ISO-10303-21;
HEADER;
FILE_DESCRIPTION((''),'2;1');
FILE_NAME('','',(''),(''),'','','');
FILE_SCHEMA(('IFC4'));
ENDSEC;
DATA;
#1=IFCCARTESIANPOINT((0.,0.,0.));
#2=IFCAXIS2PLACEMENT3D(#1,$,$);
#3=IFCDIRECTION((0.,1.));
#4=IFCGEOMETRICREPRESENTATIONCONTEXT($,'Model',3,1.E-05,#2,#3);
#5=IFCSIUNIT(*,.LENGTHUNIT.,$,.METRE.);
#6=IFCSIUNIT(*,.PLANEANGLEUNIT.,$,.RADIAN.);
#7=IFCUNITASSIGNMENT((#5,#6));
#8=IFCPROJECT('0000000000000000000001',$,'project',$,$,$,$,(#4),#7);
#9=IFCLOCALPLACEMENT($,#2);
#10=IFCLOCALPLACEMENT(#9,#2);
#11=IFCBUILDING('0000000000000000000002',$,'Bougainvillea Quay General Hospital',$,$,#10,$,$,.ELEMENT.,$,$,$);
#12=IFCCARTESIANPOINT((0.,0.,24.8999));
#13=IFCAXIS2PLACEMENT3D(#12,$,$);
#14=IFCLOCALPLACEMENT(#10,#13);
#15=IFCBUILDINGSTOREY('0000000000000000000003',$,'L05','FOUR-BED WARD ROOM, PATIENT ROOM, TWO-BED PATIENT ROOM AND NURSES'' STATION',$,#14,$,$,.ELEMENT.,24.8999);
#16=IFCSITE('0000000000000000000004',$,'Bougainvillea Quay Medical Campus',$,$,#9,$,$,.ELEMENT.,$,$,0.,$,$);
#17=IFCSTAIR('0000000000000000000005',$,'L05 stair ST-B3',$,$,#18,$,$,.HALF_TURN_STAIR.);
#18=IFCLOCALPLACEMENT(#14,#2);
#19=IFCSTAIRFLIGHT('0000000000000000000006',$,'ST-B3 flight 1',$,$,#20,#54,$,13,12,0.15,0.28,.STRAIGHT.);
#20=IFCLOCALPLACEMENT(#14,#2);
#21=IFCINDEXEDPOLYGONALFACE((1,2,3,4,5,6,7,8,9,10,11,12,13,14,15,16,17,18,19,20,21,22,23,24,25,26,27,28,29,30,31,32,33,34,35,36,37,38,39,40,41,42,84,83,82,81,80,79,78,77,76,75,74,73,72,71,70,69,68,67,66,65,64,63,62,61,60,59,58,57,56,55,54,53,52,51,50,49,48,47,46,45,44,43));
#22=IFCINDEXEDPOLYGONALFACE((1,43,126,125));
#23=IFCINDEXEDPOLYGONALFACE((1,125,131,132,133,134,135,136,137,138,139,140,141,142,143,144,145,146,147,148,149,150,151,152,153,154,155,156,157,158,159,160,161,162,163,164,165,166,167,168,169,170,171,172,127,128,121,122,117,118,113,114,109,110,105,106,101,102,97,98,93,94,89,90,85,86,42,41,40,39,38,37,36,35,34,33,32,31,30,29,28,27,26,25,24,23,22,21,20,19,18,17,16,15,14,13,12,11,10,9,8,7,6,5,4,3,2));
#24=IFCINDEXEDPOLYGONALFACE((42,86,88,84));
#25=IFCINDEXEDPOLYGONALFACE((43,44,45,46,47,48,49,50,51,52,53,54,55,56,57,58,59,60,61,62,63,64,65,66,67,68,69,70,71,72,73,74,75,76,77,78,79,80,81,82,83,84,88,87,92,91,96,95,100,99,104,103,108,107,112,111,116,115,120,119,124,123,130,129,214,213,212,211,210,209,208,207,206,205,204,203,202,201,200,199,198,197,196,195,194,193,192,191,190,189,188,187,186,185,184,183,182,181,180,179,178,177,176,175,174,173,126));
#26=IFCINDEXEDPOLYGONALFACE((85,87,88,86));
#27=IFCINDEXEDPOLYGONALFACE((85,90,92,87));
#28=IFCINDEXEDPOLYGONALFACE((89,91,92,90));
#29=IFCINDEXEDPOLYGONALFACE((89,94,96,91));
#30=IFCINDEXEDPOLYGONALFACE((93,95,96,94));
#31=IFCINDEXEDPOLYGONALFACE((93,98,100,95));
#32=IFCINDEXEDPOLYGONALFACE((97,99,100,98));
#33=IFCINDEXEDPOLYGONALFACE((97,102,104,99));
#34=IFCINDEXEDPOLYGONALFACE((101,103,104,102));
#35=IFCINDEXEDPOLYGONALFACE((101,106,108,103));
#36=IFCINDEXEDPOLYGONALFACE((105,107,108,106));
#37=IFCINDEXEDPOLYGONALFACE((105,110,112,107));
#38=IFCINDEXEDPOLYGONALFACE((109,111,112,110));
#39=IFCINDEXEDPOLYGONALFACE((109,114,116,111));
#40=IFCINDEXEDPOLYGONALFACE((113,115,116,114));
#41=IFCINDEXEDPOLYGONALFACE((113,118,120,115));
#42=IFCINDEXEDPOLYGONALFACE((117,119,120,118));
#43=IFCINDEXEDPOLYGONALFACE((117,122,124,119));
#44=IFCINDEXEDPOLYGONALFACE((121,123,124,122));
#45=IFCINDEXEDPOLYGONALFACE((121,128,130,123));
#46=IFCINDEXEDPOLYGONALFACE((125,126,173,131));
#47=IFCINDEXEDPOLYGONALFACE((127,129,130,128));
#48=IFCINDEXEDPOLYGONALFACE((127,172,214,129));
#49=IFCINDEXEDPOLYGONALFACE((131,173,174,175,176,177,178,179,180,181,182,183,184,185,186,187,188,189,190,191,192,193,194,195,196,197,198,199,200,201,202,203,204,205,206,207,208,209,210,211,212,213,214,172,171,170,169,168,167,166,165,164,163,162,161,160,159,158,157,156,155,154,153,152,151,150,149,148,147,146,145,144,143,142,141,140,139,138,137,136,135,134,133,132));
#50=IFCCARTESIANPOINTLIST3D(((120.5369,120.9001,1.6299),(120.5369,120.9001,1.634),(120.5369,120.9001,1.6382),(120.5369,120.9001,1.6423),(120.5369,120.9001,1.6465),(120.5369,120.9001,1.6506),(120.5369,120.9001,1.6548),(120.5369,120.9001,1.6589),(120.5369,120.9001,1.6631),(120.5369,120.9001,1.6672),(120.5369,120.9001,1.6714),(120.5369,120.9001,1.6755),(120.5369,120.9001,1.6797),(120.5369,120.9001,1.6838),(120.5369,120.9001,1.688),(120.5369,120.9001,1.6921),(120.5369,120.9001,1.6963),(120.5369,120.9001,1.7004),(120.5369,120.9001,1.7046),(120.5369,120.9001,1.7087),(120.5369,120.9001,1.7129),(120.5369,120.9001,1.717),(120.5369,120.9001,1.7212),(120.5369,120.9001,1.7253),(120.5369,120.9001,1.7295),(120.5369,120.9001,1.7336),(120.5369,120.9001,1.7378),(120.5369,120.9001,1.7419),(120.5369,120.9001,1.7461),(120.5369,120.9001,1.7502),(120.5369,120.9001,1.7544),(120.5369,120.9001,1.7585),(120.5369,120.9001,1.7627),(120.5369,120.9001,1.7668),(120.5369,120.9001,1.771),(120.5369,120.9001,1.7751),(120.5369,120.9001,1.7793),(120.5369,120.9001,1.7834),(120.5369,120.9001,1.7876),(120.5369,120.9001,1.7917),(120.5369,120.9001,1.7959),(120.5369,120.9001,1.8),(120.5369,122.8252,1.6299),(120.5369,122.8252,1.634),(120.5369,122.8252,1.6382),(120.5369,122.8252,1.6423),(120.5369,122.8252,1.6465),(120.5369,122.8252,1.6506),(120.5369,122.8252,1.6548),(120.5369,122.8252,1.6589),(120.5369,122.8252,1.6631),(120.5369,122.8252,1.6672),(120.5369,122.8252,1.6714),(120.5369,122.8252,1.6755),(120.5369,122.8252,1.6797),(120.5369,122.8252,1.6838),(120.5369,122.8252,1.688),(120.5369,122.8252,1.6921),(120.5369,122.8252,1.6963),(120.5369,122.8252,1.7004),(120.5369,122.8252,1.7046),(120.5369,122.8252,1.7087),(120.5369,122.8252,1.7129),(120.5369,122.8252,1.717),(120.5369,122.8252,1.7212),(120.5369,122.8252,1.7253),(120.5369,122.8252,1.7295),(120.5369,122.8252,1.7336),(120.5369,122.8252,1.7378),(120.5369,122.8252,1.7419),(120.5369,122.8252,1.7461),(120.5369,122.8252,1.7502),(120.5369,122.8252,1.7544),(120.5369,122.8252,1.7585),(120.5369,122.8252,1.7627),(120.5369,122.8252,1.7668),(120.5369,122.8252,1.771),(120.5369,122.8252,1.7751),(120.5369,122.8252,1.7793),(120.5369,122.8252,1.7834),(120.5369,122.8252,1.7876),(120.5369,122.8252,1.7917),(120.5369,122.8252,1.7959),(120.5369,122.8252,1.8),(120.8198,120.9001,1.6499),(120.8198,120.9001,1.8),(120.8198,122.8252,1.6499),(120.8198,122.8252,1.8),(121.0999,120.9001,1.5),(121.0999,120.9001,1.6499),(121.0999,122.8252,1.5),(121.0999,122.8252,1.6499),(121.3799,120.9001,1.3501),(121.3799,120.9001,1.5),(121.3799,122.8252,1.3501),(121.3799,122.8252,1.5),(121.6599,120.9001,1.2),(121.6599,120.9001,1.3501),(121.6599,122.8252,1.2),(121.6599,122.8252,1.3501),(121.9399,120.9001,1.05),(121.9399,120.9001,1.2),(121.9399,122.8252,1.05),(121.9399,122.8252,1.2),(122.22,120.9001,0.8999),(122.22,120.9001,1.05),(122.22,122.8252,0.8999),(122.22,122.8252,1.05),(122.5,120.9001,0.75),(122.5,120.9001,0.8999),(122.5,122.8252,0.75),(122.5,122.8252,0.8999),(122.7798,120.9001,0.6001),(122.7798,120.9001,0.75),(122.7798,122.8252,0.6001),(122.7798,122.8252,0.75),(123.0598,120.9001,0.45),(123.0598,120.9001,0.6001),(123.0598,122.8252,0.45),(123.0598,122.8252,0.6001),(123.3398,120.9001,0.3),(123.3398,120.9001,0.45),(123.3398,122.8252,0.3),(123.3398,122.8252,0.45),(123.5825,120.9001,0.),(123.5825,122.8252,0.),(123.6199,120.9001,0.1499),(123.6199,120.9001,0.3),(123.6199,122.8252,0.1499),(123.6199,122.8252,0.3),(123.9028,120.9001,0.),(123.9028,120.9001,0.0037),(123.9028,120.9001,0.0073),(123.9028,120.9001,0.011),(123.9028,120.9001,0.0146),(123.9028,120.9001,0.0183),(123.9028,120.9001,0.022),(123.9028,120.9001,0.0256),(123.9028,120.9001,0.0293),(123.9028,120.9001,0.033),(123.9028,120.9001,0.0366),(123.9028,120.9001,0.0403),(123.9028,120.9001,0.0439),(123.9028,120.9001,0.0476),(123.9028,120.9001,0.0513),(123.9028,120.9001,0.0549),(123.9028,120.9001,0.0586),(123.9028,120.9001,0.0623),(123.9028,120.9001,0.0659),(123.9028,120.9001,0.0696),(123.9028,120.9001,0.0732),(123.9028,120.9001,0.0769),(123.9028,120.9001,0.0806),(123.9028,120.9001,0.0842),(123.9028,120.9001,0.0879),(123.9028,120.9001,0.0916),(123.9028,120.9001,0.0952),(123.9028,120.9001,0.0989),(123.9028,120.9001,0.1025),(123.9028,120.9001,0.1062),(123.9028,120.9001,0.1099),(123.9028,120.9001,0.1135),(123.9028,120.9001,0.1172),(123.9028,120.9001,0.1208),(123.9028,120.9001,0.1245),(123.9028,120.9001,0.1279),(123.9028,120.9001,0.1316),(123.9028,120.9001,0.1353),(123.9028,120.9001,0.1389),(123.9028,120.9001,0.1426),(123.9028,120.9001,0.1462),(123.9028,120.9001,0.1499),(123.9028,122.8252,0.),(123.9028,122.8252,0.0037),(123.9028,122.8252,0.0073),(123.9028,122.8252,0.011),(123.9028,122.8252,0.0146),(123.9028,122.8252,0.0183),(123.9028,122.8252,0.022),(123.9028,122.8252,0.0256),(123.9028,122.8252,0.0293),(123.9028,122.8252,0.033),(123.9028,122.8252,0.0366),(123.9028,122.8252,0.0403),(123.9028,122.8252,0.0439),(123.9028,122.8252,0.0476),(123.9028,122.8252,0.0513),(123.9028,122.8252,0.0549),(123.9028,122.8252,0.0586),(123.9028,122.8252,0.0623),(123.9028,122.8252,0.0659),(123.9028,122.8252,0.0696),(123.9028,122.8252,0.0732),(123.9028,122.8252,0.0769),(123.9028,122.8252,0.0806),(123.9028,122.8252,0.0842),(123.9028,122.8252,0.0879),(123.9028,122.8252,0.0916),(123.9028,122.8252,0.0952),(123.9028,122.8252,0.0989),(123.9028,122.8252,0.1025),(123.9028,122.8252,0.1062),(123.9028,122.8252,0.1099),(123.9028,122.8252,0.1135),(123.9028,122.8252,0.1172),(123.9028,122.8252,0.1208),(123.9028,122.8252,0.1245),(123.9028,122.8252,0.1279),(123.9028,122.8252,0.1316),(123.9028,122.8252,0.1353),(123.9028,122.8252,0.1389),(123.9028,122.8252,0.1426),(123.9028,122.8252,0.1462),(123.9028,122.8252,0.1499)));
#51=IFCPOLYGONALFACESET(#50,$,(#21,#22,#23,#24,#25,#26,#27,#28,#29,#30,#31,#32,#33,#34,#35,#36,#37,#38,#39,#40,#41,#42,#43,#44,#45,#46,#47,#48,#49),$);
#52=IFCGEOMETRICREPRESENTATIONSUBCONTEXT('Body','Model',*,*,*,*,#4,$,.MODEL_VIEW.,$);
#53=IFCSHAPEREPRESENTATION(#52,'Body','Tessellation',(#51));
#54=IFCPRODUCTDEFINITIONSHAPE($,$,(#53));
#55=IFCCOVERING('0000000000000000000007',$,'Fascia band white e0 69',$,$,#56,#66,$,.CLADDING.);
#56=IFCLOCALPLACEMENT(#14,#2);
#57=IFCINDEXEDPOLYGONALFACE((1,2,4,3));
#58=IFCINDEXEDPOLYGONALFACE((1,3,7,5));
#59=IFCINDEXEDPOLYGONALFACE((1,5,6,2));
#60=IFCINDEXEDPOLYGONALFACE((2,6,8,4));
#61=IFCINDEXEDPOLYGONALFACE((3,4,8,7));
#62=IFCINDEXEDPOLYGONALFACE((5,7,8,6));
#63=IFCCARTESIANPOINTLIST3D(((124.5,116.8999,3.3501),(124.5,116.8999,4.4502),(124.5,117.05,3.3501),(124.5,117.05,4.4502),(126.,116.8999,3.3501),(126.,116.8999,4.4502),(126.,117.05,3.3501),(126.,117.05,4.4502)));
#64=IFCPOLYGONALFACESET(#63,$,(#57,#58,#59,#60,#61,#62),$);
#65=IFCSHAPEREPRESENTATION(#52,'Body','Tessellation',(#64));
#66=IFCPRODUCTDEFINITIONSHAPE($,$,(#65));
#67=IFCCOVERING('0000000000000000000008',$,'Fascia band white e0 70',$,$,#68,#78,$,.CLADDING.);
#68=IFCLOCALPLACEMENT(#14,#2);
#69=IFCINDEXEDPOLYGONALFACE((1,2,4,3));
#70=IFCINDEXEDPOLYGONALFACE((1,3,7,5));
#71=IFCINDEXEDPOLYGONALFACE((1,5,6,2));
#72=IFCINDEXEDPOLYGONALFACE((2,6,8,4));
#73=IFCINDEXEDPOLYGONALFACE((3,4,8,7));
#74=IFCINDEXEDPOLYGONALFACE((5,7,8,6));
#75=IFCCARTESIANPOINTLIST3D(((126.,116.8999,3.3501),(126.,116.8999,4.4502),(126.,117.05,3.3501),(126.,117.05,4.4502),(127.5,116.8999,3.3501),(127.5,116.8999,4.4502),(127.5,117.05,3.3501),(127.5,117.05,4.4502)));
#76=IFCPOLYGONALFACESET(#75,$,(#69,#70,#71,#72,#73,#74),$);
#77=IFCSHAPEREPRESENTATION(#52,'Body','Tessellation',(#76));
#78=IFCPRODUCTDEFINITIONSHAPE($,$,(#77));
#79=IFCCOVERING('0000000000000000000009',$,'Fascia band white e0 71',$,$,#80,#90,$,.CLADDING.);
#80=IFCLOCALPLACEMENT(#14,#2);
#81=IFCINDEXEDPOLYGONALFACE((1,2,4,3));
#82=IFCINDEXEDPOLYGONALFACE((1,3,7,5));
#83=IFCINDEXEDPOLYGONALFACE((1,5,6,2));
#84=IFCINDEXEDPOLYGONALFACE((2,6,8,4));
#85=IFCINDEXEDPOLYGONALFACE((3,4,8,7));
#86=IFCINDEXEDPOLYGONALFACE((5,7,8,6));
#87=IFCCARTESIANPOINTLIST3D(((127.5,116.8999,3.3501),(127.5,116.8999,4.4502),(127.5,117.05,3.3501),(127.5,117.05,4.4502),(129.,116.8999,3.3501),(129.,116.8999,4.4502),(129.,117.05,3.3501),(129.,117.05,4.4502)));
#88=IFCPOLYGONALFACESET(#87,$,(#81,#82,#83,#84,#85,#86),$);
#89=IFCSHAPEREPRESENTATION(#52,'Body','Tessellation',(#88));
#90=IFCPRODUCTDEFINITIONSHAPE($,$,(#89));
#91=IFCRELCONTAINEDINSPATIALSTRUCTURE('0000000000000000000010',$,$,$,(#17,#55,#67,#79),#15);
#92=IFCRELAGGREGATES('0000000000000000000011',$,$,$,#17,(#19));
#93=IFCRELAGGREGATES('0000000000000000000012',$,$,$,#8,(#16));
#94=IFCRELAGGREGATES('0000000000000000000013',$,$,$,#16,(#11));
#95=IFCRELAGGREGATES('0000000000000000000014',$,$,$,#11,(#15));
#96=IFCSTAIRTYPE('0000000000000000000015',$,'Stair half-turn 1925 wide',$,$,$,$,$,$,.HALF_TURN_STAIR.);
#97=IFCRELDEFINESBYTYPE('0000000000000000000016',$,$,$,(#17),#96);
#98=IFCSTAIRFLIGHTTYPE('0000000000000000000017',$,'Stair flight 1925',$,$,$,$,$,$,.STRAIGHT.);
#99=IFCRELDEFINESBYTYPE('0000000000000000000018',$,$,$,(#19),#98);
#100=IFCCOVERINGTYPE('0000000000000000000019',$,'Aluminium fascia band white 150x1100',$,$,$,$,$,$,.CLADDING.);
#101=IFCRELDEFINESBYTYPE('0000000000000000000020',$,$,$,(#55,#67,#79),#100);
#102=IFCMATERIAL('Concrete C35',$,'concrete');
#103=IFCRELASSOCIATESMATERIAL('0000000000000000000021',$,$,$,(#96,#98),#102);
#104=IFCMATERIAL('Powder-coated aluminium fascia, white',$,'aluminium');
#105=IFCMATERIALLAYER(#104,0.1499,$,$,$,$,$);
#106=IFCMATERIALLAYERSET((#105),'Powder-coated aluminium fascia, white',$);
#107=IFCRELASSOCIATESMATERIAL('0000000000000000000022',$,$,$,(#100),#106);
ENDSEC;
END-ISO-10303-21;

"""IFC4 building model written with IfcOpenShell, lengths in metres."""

from ifc_helpers import new_model, si_unit, direction, frame, origin, place, context, subcontext, project, spatial, polyline, outline, extrude, material, layer, layer_set, type_object, element, aggregate, save


model = new_model("IFC4")

# Units and contexts
model_context = context("Model", 3, precision=1e-05, world=origin(), true_north=direction((0.0, 1.0)))
body_context = subcontext(model_context, "Body", "Model", "MODEL_VIEW")
ifc_project = project(units=[si_unit("LENGTHUNIT", "METRE"), si_unit("PLANEANGLEUNIT", "RADIAN")], contexts=[model_context])

# Site, building, storey
site_placement = place(None, origin())
site = spatial("IfcSite", under=ifc_project, at=site_placement, Name="Bougainvillea Quay Medical Campus", CompositionType="ELEMENT", RefElevation=0.0)
building_placement = place(site_placement, origin())
building = spatial("IfcBuilding", under=site, at=building_placement, Name="Bougainvillea Quay General Hospital", CompositionType="ELEMENT")
storey_placement = place(building_placement, frame((0.0, 0.0, 24.8999)))
storey = spatial("IfcBuildingStorey", under=building, at=storey_placement, Name="L05", Description="FOUR-BED WARD ROOM, PATIENT ROOM, TWO-BED PATIENT ROOM AND NURSES' STATION", CompositionType="ELEMENT", Elevation=24.8999)

# Stair, stair flight
ifc_material_1 = material(Name="Concrete C35", Category="concrete")
stair_type = type_object("IfcStairType", Name="Stair half-turn 1925 wide", PredefinedType="HALF_TURN_STAIR", material=ifc_material_1)
stair_placement = place(storey_placement, origin())
stair = element("IfcStair", 1, at=stair_placement, inside=storey, type_object=stair_type, Name="L05 stair ST-B3", PredefinedType="HALF_TURN_STAIR")
stair_flight_type = type_object("IfcStairFlightType", Name="Stair flight 1925", PredefinedType="STRAIGHT", material=ifc_material_1)
stair_flight_placement = place(storey_placement, frame((123.8999, 121.8625, 0.0), z_axis=(0.0, 0.0, 1.0), x_axis=(-1.0, 0.0, 0.0)))
stair_flight = element("IfcStairFlight", 2, at=stair_flight_placement, type_object=stair_flight_type, Name="ST-B3 flight 1", NumberOfRisers=13, NumberOfTreads=12, PredefinedType="STRAIGHT", RiserHeight=0.15, TreadLength=0.28, context=body_context, shape_type="SweptSolid", body=[
    extrude(outline(polyline([(-0.0029, 0.0), (-0.0029, 0.0037), (-0.0029, 0.0073), (-0.0029, 0.011), (-0.0029, 0.0146), (-0.0029, 0.0183), (-0.0029, 0.022), (-0.0029, 0.0256), (-0.0029, 0.0293), (-0.0029, 0.033), (-0.0029, 0.0366), (-0.0029, 0.0403), (-0.0029, 0.0439), (-0.0029, 0.0476), (-0.0029, 0.0513), (-0.0029, 0.0549), (-0.0029, 0.0586), (-0.0029, 0.0623), (-0.0029, 0.0659), (-0.0029, 0.0696), (-0.0029, 0.0732), (-0.0029, 0.0769), (-0.0029, 0.0806), (-0.0029, 0.0842), (-0.0029, 0.0879), (-0.0029, 0.0916), (-0.0029, 0.0952), (-0.0029, 0.0989), (-0.0029, 0.1025), (-0.0029, 0.1062), (-0.0029, 0.1099), (-0.0029, 0.1135), (-0.0029, 0.1172), (-0.0029, 0.1208), (-0.0029, 0.1245), (-0.0029, 0.1279), (-0.0029, 0.1316), (-0.0029, 0.1353), (-0.0029, 0.1389), (-0.0029, 0.1426), (-0.0029, 0.1462), (-0.0029, 0.1499), (0.28, 0.1499), (0.28, 0.3), (0.5601, 0.3), (0.5601, 0.45), (0.8401, 0.45), (0.8401, 0.6001), (1.1201, 0.6001), (1.1201, 0.75), (1.3999, 0.75), (1.3999, 0.8999), (1.6799, 0.8999), (1.6799, 1.05), (1.96, 1.05), (1.96, 1.2), (2.24, 1.2), (2.24, 1.3501), (2.52, 1.3501), (2.52, 1.5), (2.8, 1.5), (2.8, 1.6499), (3.0801, 1.6499), (3.0801, 1.8), (3.363, 1.8), (3.363, 1.7959), (3.363, 1.7917), (3.363, 1.7876), (3.363, 1.7834), (3.363, 1.7793), (3.363, 1.7751), (3.363, 1.771), (3.363, 1.7668), (3.363, 1.7627), (3.363, 1.7585), (3.363, 1.7544), (3.363, 1.7502), (3.363, 1.7461), (3.363, 1.7419), (3.363, 1.7378), (3.363, 1.7336), (3.363, 1.7295), (3.363, 1.7253), (3.363, 1.7212), (3.363, 1.717), (3.363, 1.7129), (3.363, 1.7087), (3.363, 1.7046), (3.363, 1.7004), (3.363, 1.6963), (3.363, 1.6921), (3.363, 1.688), (3.363, 1.6838), (3.363, 1.6797), (3.363, 1.6755), (3.363, 1.6714), (3.363, 1.6672), (3.363, 1.6631), (3.363, 1.6589), (3.363, 1.6548), (3.363, 1.6506), (3.363, 1.6465), (3.363, 1.6423), (3.363, 1.6382), (3.363, 1.634), (3.363, 1.6299), (0.3174, 0.0), (-0.0029, 0.0)])), frame((0.0, 0.9624, 0.0), z_axis=(0.0, -1.0, 0.0), x_axis=(1.0, 0.0, 0.0)), (0.0, 0.0, 1.0), 1.925),
])
aggregate(stair, [stair_flight])

# Coverings
ifc_material_2 = material(Name="Powder-coated aluminium fascia, white", Category="aluminium")
ifc_layer_1 = layer(ifc_material_2, 0.1499)
ifc_layer_set_1 = layer_set([ifc_layer_1], Name="Powder-coated aluminium fascia, white")
covering_type = type_object("IfcCoveringType", Name="Aluminium fascia band white 150x1100", PredefinedType="CLADDING", material=ifc_layer_set_1)
for number, where, z_axis, x_axis, name in (
    (3, (124.5, 117.05, 3.3501), (0.0, 0.0, 1.0), (1.0, 0.0, 0.0), "Fascia band white e0 69"),
    (4, (126.0, 117.05, 3.3501), (0.0, 0.0, 1.0), (1.0, 0.0, 0.0), "Fascia band white e0 70"),
    (5, (127.5, 117.05, 3.3501), (0.0, 0.0, 1.0), (1.0, 0.0, 0.0), "Fascia band white e0 71"),
):
    element("IfcCovering", number, at=place(storey_placement, frame(where, z_axis=z_axis, x_axis=x_axis)), inside=storey, type_object=covering_type, Name=name, PredefinedType="CLADDING", context=body_context, shape_type="SweptSolid", body=[
        extrude(outline(polyline([(0.0, 0.0), (1.5, 0.0), (1.5, -0.1501), (0.0, -0.1501), (0.0, 0.0)])), origin(), (0.0, 0.0, 1.0), 1.1001),
    ])

save(model, "model.ifc")
